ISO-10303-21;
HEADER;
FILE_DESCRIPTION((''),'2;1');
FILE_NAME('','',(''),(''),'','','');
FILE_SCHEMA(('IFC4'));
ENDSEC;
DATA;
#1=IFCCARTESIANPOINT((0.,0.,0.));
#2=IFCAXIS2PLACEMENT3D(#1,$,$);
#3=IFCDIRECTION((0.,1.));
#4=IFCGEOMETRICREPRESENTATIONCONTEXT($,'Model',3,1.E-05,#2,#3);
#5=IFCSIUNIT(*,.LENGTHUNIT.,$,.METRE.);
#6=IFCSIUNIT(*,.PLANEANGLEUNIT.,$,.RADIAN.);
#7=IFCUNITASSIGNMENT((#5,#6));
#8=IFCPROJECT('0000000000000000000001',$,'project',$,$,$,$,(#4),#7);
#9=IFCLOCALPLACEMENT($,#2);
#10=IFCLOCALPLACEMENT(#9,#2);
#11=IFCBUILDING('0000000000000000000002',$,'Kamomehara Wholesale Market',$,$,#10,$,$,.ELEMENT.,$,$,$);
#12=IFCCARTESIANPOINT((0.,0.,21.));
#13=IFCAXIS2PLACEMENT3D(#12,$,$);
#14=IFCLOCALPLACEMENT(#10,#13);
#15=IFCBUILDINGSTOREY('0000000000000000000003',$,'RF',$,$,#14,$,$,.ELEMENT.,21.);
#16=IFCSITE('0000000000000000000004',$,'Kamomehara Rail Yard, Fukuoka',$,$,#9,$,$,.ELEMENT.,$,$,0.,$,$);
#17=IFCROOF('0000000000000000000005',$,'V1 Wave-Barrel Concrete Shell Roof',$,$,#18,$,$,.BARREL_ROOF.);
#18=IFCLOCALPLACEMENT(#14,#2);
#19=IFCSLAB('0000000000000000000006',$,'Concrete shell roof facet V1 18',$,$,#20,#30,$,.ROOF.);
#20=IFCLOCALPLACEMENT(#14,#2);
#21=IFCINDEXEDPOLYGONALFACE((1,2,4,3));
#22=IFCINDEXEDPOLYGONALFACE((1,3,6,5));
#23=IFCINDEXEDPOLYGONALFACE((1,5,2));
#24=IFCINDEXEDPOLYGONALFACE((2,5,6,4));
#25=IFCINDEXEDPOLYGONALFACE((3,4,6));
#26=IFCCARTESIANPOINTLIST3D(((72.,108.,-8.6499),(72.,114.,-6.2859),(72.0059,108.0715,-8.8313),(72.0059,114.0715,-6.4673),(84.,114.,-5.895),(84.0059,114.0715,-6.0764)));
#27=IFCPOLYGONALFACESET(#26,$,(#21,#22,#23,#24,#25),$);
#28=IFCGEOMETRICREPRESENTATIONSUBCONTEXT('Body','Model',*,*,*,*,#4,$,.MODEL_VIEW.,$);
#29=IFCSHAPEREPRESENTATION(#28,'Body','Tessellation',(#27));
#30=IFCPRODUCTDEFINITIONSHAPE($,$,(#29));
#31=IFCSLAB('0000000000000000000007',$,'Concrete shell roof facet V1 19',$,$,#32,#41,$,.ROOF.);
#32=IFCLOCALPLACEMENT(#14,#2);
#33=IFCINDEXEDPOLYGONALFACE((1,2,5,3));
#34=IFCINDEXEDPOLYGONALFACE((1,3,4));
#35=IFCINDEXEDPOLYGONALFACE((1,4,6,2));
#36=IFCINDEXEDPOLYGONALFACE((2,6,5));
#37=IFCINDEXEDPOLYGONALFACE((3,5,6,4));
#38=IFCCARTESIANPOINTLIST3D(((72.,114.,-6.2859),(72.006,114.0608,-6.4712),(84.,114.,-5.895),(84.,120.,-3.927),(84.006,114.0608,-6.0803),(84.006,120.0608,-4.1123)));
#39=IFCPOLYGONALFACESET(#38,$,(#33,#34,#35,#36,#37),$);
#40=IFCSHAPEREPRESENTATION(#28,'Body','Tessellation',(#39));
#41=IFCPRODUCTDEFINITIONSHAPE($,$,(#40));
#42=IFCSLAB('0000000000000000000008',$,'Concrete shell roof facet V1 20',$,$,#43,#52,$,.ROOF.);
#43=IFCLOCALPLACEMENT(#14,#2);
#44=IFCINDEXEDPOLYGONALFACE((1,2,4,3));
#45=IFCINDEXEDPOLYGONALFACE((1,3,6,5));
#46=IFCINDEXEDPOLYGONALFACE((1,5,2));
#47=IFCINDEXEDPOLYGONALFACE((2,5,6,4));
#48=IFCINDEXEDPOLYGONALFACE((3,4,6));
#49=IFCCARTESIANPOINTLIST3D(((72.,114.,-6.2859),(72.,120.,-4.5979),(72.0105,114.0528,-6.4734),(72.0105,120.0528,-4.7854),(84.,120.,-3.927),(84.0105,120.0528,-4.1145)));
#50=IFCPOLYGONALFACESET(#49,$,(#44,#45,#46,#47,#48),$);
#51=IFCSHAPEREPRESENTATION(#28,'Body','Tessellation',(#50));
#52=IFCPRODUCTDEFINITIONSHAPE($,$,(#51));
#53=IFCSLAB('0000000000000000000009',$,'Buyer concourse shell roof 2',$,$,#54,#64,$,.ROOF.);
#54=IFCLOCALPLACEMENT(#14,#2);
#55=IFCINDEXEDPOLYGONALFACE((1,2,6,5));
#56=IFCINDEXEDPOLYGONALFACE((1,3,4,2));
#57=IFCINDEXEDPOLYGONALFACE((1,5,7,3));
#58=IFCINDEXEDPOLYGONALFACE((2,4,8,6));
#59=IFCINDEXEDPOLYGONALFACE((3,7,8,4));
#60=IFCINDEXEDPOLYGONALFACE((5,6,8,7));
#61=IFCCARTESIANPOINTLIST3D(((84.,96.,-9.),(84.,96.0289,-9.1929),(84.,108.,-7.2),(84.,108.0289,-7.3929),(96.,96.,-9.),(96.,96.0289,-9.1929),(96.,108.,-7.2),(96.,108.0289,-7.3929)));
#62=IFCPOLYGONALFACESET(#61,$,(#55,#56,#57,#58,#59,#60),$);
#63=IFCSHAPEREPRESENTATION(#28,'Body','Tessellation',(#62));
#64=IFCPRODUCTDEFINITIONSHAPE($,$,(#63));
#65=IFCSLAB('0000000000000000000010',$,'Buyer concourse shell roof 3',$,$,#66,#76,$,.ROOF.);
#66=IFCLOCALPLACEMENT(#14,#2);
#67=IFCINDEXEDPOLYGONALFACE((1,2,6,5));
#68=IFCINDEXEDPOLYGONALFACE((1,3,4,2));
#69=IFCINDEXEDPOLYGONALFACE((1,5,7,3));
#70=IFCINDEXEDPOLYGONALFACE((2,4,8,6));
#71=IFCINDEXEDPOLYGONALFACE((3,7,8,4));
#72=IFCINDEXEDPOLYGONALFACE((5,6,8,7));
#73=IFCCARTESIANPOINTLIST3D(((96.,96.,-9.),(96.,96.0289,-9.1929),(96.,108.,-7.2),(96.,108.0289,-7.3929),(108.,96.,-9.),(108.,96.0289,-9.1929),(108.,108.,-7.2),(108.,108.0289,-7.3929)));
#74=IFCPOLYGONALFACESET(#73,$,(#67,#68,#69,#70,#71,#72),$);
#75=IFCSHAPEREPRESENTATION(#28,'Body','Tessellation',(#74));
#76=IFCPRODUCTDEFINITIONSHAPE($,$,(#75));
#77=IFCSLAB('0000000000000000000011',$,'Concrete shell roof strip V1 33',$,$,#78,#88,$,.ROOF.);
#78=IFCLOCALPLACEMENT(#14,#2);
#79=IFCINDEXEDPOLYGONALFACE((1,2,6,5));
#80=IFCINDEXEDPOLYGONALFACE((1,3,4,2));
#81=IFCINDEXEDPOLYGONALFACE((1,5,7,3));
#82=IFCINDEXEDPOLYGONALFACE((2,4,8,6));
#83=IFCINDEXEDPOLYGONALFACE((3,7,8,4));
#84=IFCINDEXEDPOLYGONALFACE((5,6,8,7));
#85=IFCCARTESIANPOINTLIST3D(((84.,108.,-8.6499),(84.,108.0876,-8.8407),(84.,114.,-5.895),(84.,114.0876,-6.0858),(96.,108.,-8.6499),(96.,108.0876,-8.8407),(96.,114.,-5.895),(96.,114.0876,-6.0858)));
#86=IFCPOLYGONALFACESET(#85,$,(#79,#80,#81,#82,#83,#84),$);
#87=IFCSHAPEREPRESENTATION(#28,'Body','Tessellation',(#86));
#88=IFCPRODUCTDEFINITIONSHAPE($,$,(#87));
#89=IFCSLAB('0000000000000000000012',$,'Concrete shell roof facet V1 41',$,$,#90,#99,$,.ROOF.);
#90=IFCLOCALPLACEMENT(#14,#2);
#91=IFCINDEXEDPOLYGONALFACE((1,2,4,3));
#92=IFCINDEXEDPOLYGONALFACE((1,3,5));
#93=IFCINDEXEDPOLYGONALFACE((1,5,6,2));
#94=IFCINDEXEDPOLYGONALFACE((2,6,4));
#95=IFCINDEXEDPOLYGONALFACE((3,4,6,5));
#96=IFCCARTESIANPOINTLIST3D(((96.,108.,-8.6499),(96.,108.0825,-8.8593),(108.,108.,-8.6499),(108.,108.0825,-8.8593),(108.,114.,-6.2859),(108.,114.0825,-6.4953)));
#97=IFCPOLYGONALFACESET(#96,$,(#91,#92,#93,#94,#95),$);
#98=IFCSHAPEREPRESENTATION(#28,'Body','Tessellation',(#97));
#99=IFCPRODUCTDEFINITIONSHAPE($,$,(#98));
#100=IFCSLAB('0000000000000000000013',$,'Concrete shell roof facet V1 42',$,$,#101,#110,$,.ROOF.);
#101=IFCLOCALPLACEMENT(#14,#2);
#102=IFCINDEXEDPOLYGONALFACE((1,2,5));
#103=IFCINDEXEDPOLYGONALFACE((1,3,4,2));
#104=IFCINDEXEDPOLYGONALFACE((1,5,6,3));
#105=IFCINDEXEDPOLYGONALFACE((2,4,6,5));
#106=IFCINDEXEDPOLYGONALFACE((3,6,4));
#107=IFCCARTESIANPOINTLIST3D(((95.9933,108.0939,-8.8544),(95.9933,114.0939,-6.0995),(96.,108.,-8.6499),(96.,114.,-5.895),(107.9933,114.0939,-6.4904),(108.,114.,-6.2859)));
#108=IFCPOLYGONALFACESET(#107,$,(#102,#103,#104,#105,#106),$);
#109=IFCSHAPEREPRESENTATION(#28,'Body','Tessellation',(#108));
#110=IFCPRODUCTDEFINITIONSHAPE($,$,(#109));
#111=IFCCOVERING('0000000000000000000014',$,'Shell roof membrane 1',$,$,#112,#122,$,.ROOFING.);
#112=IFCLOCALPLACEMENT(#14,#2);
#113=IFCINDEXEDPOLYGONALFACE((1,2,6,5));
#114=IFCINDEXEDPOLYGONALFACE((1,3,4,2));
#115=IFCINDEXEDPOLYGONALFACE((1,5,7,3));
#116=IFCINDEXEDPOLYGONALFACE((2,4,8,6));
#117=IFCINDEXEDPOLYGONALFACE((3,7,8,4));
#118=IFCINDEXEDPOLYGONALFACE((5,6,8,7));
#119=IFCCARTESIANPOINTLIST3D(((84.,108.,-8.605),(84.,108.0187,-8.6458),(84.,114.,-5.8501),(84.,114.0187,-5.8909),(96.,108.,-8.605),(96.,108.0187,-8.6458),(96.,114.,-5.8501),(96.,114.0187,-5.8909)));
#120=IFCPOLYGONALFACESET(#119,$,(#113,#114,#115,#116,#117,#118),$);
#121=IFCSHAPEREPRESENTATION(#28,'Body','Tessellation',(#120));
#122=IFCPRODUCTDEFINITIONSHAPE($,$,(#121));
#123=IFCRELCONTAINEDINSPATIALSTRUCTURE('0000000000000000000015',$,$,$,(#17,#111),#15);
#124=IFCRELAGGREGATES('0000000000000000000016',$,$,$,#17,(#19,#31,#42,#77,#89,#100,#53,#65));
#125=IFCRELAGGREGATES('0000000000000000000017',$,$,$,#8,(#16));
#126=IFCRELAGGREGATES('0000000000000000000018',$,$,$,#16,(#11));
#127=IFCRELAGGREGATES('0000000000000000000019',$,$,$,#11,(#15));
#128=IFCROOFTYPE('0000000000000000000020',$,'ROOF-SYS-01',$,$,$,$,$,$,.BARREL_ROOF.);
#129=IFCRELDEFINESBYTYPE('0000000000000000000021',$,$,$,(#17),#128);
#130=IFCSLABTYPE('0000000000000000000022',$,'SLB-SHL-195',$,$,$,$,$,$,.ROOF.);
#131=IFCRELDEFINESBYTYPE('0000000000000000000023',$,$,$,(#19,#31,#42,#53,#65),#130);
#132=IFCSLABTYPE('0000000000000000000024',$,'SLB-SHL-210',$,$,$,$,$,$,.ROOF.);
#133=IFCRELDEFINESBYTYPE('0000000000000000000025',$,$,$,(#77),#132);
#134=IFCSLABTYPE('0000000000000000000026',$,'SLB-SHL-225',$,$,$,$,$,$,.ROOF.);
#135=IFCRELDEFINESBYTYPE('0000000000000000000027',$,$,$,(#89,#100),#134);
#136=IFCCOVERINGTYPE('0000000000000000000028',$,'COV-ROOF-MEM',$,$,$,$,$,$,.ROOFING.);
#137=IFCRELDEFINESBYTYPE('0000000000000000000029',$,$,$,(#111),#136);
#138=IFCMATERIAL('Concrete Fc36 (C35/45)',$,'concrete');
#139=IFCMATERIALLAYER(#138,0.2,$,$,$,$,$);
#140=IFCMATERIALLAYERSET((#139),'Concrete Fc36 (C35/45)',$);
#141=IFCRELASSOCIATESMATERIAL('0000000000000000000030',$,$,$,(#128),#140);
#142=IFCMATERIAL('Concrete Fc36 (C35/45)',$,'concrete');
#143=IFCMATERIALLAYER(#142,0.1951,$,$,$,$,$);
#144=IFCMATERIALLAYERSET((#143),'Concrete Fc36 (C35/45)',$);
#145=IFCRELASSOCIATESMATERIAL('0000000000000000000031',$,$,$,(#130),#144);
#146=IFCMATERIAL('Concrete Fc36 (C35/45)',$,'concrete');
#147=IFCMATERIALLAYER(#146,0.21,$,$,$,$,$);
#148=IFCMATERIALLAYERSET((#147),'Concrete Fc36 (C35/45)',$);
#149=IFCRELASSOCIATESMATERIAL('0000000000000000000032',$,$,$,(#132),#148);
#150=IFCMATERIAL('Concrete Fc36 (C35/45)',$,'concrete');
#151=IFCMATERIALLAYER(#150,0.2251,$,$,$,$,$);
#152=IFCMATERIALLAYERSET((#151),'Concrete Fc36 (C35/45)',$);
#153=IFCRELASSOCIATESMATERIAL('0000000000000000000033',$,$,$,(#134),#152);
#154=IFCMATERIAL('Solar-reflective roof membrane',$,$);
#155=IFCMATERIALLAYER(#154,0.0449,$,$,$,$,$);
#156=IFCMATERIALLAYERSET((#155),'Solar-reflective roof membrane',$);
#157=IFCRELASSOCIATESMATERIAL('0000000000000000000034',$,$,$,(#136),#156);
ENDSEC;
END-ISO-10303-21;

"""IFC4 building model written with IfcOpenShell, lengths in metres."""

from ifc_helpers import new_model, si_unit, direction, frame, origin, place, context, subcontext, project, spatial, polyline, outline, extrude, material, layer, layer_set, type_object, element, aggregate, save


model = new_model("IFC4")

# Units and contexts
model_context = context("Model", 3, precision=1e-05, world=origin(), true_north=direction((0.0, 1.0)))
body_context = subcontext(model_context, "Body", "Model", "MODEL_VIEW")
ifc_project = project(units=[si_unit("LENGTHUNIT", "METRE"), si_unit("PLANEANGLEUNIT", "RADIAN")], contexts=[model_context])

# Site, building, storey
site_placement = place(None, origin())
site = spatial("IfcSite", under=ifc_project, at=site_placement, Name="Kamomehara Rail Yard, Fukuoka", CompositionType="ELEMENT", RefElevation=0.0)
building_placement = place(site_placement, origin())
building = spatial("IfcBuilding", under=site, at=building_placement, Name="Kamomehara Wholesale Market", CompositionType="ELEMENT")
storey_placement = place(building_placement, frame((0.0, 0.0, 21.0)))
storey = spatial("IfcBuildingStorey", under=building, at=storey_placement, Name="RF", CompositionType="ELEMENT", Elevation=21.0)

# Roof, slabs
ifc_material_1 = material(Name="Concrete Fc36 (C35/45)", Category="concrete")
ifc_layer_1 = layer(ifc_material_1, 0.2)
ifc_layer_set_1 = layer_set([ifc_layer_1], Name="Concrete Fc36 (C35/45)")
roof_type = type_object("IfcRoofType", Name="ROOF-SYS-01", PredefinedType="BARREL_ROOF", material=ifc_layer_set_1)
roof_placement = place(storey_placement, origin())
roof = element("IfcRoof", 1, at=roof_placement, inside=storey, type_object=roof_type, Name="V1 Wave-Barrel Concrete Shell Roof", PredefinedType="BARREL_ROOF")
ifc_material_2 = material(Name="Concrete Fc36 (C35/45)", Category="concrete")
ifc_layer_2 = layer(ifc_material_2, 0.1951)
ifc_layer_set_2 = layer_set([ifc_layer_2], Name="Concrete Fc36 (C35/45)")
slab_type_1 = type_object("IfcSlabType", Name="SLB-SHL-195", PredefinedType="ROOF", material=ifc_layer_set_2)
slab_1_placement = place(storey_placement, frame((72.0, 108.0, -8.6499), z_axis=(-0.030291, -0.366407, 0.929962), x_axis=(0.876147, 0.438074, 0.20114)))
slab_1 = element("IfcSlab", 2, at=slab_1_placement, type_object=slab_type_1, Name="Concrete shell roof facet V1 18", PredefinedType="ROOF", context=body_context, shape_type="SweptSolid", body=[
    extrude(outline(polyline([(0.0, 0.0), (13.6963, 0.0), (3.1039, 5.6528), (0.0, 0.0)])), origin(), (0.0, 0.0, -1.0), 0.1951),
])
slab_2_placement = place(storey_placement, frame((72.0, 114.0, -6.2859), z_axis=(-0.030935, -0.311517, 0.949737), x_axis=(0.99947, 0.0, 0.032555)))
slab_2 = element("IfcSlab", 3, at=slab_2_placement, type_object=slab_type_1, Name="Concrete shell roof facet V1 19", PredefinedType="ROOF", context=body_context, shape_type="SweptSolid", body=[
    extrude(outline(polyline([(0.0, 0.0), (12.0064, 0.0), (12.0704, 6.3142), (0.0, 0.0)])), origin(), (0.0, 0.0, -1.0), 0.1951),
])
slab_3_placement = place(storey_placement, frame((72.0, 114.0, -6.2859), z_axis=(-0.053741, -0.270427, 0.961239), x_axis=(0.880915, 0.440457, 0.173165)))
slab_3 = element("IfcSlab", 4, at=slab_3_placement, type_object=slab_type_1, Name="Concrete shell roof facet V1 20", PredefinedType="ROOF", context=body_context, shape_type="SweptSolid", body=[
    extrude(outline(polyline([(0.0, 0.0), (13.6222, 0.0), (2.935, 5.4986), (0.0, 0.0)])), origin(), (0.0, 0.0, -1.0), 0.1951),
])
slab_4_placement = place(storey_placement, frame((84.0, 96.0, -9.0), z_axis=(0.0, -0.148344, 0.988936), x_axis=(1.0, 0.0, 0.0)))
slab_4 = element("IfcSlab", 5, at=slab_4_placement, type_object=slab_type_1, Name="Buyer concourse shell roof 2", PredefinedType="ROOF", context=body_context, shape_type="SweptSolid", body=[
    extrude(outline(polyline([(0.0, 0.0), (12.0, 0.0), (12.0, 12.1343), (0.0, 12.1343), (0.0, 0.0)])), origin(), (0.0, 0.0, -1.0), 0.1951),
])
slab_5_placement = place(storey_placement, frame((96.0, 96.0, -9.0), z_axis=(0.0, -0.148344, 0.988936), x_axis=(1.0, 0.0, 0.0)))
slab_5 = element("IfcSlab", 6, at=slab_5_placement, type_object=slab_type_1, Name="Buyer concourse shell roof 3", PredefinedType="ROOF", context=body_context, shape_type="SweptSolid", body=[
    extrude(outline(polyline([(0.0, 0.0), (12.0, 0.0), (12.0, 12.1343), (0.0, 12.1343), (0.0, 0.0)])), origin(), (0.0, 0.0, -1.0), 0.1951),
])
ifc_material_3 = material(Name="Concrete Fc36 (C35/45)", Category="concrete")
ifc_layer_3 = layer(ifc_material_3, 0.21)
ifc_layer_set_3 = layer_set([ifc_layer_3], Name="Concrete Fc36 (C35/45)")
slab_type_2 = type_object("IfcSlabType", Name="SLB-SHL-210", PredefinedType="ROOF", material=ifc_layer_set_3)
slab_6_placement = place(storey_placement, frame((84.0, 108.0, -8.6499), z_axis=(0.0, -0.417266, 0.908784), x_axis=(1.0, 0.0, 0.0)))
slab_6 = element("IfcSlab", 7, at=slab_6_placement, type_object=slab_type_2, Name="Concrete shell roof strip V1 33", PredefinedType="ROOF", context=body_context, shape_type="SweptSolid", body=[
    extrude(outline(polyline([(0.0, 0.0), (12.0, 0.0), (12.0, 6.6022), (0.0, 6.6022), (0.0, 0.0)])), origin(), (0.0, 0.0, -1.0), 0.21),
])
ifc_material_4 = material(Name="Concrete Fc36 (C35/45)", Category="concrete")
ifc_layer_4 = layer(ifc_material_4, 0.2251)
ifc_layer_set_4 = layer_set([ifc_layer_4], Name="Concrete Fc36 (C35/45)")
slab_type_3 = type_object("IfcSlabType", Name="SLB-SHL-225", PredefinedType="ROOF", material=ifc_layer_set_4)
slab_7_placement = place(storey_placement, frame((96.0, 108.0, -8.6499), z_axis=(0.0, -0.366575, 0.930388), x_axis=(1.0, 0.0, 0.0)))
slab_7 = element("IfcSlab", 8, at=slab_7_placement, type_object=slab_type_3, Name="Concrete shell roof facet V1 41", PredefinedType="ROOF", context=body_context, shape_type="SweptSolid", body=[
    extrude(outline(polyline([(0.0, 0.0), (12.0, 0.0), (12.0, 6.4489), (0.0, 0.0)])), origin(), (0.0, 0.0, -1.0), 0.2251),
])
slab_8_placement = place(storey_placement, frame((96.0, 108.0, -8.6499), z_axis=(0.029588, -0.417083, 0.908387), x_axis=(0.880857, 0.440429, 0.17353)))
slab_8 = element("IfcSlab", 9, at=slab_8_placement, type_object=slab_type_3, Name="Concrete shell roof facet V1 42", PredefinedType="ROOF", context=body_context, shape_type="SweptSolid", body=[
    extrude(outline(polyline([(0.0, 0.0), (13.6231, 0.0), (3.1206, 5.8182), (0.0, 0.0)])), origin(), (0.0, 0.0, -1.0), 0.2251),
])
aggregate(roof, [slab_1, slab_2, slab_3, slab_6, slab_7, slab_8, slab_4, slab_5])

# Covering
ifc_material_5 = material(Name="Solar-reflective roof membrane")
ifc_layer_5 = layer(ifc_material_5, 0.0449)
ifc_layer_set_5 = layer_set([ifc_layer_5], Name="Solar-reflective roof membrane")
covering_type = type_object("IfcCoveringType", Name="COV-ROOF-MEM", PredefinedType="ROOFING", material=ifc_layer_set_5)
covering_placement = place(storey_placement, frame((84.0, 108.0, -8.605), z_axis=(0.0, -0.417266, 0.908784), x_axis=(1.0, 0.0, 0.0)))
element("IfcCovering", 10, at=covering_placement, inside=storey, type_object=covering_type, Name="Shell roof membrane 1", PredefinedType="ROOFING", context=body_context, shape_type="SweptSolid", body=[
    extrude(outline(polyline([(0.0, 0.0), (12.0, 0.0), (12.0, 6.6022), (0.0, 6.6022), (0.0, 0.0)])), origin(), (0.0, 0.0, -1.0), 0.0449),
])

save(model, "model.ifc")
